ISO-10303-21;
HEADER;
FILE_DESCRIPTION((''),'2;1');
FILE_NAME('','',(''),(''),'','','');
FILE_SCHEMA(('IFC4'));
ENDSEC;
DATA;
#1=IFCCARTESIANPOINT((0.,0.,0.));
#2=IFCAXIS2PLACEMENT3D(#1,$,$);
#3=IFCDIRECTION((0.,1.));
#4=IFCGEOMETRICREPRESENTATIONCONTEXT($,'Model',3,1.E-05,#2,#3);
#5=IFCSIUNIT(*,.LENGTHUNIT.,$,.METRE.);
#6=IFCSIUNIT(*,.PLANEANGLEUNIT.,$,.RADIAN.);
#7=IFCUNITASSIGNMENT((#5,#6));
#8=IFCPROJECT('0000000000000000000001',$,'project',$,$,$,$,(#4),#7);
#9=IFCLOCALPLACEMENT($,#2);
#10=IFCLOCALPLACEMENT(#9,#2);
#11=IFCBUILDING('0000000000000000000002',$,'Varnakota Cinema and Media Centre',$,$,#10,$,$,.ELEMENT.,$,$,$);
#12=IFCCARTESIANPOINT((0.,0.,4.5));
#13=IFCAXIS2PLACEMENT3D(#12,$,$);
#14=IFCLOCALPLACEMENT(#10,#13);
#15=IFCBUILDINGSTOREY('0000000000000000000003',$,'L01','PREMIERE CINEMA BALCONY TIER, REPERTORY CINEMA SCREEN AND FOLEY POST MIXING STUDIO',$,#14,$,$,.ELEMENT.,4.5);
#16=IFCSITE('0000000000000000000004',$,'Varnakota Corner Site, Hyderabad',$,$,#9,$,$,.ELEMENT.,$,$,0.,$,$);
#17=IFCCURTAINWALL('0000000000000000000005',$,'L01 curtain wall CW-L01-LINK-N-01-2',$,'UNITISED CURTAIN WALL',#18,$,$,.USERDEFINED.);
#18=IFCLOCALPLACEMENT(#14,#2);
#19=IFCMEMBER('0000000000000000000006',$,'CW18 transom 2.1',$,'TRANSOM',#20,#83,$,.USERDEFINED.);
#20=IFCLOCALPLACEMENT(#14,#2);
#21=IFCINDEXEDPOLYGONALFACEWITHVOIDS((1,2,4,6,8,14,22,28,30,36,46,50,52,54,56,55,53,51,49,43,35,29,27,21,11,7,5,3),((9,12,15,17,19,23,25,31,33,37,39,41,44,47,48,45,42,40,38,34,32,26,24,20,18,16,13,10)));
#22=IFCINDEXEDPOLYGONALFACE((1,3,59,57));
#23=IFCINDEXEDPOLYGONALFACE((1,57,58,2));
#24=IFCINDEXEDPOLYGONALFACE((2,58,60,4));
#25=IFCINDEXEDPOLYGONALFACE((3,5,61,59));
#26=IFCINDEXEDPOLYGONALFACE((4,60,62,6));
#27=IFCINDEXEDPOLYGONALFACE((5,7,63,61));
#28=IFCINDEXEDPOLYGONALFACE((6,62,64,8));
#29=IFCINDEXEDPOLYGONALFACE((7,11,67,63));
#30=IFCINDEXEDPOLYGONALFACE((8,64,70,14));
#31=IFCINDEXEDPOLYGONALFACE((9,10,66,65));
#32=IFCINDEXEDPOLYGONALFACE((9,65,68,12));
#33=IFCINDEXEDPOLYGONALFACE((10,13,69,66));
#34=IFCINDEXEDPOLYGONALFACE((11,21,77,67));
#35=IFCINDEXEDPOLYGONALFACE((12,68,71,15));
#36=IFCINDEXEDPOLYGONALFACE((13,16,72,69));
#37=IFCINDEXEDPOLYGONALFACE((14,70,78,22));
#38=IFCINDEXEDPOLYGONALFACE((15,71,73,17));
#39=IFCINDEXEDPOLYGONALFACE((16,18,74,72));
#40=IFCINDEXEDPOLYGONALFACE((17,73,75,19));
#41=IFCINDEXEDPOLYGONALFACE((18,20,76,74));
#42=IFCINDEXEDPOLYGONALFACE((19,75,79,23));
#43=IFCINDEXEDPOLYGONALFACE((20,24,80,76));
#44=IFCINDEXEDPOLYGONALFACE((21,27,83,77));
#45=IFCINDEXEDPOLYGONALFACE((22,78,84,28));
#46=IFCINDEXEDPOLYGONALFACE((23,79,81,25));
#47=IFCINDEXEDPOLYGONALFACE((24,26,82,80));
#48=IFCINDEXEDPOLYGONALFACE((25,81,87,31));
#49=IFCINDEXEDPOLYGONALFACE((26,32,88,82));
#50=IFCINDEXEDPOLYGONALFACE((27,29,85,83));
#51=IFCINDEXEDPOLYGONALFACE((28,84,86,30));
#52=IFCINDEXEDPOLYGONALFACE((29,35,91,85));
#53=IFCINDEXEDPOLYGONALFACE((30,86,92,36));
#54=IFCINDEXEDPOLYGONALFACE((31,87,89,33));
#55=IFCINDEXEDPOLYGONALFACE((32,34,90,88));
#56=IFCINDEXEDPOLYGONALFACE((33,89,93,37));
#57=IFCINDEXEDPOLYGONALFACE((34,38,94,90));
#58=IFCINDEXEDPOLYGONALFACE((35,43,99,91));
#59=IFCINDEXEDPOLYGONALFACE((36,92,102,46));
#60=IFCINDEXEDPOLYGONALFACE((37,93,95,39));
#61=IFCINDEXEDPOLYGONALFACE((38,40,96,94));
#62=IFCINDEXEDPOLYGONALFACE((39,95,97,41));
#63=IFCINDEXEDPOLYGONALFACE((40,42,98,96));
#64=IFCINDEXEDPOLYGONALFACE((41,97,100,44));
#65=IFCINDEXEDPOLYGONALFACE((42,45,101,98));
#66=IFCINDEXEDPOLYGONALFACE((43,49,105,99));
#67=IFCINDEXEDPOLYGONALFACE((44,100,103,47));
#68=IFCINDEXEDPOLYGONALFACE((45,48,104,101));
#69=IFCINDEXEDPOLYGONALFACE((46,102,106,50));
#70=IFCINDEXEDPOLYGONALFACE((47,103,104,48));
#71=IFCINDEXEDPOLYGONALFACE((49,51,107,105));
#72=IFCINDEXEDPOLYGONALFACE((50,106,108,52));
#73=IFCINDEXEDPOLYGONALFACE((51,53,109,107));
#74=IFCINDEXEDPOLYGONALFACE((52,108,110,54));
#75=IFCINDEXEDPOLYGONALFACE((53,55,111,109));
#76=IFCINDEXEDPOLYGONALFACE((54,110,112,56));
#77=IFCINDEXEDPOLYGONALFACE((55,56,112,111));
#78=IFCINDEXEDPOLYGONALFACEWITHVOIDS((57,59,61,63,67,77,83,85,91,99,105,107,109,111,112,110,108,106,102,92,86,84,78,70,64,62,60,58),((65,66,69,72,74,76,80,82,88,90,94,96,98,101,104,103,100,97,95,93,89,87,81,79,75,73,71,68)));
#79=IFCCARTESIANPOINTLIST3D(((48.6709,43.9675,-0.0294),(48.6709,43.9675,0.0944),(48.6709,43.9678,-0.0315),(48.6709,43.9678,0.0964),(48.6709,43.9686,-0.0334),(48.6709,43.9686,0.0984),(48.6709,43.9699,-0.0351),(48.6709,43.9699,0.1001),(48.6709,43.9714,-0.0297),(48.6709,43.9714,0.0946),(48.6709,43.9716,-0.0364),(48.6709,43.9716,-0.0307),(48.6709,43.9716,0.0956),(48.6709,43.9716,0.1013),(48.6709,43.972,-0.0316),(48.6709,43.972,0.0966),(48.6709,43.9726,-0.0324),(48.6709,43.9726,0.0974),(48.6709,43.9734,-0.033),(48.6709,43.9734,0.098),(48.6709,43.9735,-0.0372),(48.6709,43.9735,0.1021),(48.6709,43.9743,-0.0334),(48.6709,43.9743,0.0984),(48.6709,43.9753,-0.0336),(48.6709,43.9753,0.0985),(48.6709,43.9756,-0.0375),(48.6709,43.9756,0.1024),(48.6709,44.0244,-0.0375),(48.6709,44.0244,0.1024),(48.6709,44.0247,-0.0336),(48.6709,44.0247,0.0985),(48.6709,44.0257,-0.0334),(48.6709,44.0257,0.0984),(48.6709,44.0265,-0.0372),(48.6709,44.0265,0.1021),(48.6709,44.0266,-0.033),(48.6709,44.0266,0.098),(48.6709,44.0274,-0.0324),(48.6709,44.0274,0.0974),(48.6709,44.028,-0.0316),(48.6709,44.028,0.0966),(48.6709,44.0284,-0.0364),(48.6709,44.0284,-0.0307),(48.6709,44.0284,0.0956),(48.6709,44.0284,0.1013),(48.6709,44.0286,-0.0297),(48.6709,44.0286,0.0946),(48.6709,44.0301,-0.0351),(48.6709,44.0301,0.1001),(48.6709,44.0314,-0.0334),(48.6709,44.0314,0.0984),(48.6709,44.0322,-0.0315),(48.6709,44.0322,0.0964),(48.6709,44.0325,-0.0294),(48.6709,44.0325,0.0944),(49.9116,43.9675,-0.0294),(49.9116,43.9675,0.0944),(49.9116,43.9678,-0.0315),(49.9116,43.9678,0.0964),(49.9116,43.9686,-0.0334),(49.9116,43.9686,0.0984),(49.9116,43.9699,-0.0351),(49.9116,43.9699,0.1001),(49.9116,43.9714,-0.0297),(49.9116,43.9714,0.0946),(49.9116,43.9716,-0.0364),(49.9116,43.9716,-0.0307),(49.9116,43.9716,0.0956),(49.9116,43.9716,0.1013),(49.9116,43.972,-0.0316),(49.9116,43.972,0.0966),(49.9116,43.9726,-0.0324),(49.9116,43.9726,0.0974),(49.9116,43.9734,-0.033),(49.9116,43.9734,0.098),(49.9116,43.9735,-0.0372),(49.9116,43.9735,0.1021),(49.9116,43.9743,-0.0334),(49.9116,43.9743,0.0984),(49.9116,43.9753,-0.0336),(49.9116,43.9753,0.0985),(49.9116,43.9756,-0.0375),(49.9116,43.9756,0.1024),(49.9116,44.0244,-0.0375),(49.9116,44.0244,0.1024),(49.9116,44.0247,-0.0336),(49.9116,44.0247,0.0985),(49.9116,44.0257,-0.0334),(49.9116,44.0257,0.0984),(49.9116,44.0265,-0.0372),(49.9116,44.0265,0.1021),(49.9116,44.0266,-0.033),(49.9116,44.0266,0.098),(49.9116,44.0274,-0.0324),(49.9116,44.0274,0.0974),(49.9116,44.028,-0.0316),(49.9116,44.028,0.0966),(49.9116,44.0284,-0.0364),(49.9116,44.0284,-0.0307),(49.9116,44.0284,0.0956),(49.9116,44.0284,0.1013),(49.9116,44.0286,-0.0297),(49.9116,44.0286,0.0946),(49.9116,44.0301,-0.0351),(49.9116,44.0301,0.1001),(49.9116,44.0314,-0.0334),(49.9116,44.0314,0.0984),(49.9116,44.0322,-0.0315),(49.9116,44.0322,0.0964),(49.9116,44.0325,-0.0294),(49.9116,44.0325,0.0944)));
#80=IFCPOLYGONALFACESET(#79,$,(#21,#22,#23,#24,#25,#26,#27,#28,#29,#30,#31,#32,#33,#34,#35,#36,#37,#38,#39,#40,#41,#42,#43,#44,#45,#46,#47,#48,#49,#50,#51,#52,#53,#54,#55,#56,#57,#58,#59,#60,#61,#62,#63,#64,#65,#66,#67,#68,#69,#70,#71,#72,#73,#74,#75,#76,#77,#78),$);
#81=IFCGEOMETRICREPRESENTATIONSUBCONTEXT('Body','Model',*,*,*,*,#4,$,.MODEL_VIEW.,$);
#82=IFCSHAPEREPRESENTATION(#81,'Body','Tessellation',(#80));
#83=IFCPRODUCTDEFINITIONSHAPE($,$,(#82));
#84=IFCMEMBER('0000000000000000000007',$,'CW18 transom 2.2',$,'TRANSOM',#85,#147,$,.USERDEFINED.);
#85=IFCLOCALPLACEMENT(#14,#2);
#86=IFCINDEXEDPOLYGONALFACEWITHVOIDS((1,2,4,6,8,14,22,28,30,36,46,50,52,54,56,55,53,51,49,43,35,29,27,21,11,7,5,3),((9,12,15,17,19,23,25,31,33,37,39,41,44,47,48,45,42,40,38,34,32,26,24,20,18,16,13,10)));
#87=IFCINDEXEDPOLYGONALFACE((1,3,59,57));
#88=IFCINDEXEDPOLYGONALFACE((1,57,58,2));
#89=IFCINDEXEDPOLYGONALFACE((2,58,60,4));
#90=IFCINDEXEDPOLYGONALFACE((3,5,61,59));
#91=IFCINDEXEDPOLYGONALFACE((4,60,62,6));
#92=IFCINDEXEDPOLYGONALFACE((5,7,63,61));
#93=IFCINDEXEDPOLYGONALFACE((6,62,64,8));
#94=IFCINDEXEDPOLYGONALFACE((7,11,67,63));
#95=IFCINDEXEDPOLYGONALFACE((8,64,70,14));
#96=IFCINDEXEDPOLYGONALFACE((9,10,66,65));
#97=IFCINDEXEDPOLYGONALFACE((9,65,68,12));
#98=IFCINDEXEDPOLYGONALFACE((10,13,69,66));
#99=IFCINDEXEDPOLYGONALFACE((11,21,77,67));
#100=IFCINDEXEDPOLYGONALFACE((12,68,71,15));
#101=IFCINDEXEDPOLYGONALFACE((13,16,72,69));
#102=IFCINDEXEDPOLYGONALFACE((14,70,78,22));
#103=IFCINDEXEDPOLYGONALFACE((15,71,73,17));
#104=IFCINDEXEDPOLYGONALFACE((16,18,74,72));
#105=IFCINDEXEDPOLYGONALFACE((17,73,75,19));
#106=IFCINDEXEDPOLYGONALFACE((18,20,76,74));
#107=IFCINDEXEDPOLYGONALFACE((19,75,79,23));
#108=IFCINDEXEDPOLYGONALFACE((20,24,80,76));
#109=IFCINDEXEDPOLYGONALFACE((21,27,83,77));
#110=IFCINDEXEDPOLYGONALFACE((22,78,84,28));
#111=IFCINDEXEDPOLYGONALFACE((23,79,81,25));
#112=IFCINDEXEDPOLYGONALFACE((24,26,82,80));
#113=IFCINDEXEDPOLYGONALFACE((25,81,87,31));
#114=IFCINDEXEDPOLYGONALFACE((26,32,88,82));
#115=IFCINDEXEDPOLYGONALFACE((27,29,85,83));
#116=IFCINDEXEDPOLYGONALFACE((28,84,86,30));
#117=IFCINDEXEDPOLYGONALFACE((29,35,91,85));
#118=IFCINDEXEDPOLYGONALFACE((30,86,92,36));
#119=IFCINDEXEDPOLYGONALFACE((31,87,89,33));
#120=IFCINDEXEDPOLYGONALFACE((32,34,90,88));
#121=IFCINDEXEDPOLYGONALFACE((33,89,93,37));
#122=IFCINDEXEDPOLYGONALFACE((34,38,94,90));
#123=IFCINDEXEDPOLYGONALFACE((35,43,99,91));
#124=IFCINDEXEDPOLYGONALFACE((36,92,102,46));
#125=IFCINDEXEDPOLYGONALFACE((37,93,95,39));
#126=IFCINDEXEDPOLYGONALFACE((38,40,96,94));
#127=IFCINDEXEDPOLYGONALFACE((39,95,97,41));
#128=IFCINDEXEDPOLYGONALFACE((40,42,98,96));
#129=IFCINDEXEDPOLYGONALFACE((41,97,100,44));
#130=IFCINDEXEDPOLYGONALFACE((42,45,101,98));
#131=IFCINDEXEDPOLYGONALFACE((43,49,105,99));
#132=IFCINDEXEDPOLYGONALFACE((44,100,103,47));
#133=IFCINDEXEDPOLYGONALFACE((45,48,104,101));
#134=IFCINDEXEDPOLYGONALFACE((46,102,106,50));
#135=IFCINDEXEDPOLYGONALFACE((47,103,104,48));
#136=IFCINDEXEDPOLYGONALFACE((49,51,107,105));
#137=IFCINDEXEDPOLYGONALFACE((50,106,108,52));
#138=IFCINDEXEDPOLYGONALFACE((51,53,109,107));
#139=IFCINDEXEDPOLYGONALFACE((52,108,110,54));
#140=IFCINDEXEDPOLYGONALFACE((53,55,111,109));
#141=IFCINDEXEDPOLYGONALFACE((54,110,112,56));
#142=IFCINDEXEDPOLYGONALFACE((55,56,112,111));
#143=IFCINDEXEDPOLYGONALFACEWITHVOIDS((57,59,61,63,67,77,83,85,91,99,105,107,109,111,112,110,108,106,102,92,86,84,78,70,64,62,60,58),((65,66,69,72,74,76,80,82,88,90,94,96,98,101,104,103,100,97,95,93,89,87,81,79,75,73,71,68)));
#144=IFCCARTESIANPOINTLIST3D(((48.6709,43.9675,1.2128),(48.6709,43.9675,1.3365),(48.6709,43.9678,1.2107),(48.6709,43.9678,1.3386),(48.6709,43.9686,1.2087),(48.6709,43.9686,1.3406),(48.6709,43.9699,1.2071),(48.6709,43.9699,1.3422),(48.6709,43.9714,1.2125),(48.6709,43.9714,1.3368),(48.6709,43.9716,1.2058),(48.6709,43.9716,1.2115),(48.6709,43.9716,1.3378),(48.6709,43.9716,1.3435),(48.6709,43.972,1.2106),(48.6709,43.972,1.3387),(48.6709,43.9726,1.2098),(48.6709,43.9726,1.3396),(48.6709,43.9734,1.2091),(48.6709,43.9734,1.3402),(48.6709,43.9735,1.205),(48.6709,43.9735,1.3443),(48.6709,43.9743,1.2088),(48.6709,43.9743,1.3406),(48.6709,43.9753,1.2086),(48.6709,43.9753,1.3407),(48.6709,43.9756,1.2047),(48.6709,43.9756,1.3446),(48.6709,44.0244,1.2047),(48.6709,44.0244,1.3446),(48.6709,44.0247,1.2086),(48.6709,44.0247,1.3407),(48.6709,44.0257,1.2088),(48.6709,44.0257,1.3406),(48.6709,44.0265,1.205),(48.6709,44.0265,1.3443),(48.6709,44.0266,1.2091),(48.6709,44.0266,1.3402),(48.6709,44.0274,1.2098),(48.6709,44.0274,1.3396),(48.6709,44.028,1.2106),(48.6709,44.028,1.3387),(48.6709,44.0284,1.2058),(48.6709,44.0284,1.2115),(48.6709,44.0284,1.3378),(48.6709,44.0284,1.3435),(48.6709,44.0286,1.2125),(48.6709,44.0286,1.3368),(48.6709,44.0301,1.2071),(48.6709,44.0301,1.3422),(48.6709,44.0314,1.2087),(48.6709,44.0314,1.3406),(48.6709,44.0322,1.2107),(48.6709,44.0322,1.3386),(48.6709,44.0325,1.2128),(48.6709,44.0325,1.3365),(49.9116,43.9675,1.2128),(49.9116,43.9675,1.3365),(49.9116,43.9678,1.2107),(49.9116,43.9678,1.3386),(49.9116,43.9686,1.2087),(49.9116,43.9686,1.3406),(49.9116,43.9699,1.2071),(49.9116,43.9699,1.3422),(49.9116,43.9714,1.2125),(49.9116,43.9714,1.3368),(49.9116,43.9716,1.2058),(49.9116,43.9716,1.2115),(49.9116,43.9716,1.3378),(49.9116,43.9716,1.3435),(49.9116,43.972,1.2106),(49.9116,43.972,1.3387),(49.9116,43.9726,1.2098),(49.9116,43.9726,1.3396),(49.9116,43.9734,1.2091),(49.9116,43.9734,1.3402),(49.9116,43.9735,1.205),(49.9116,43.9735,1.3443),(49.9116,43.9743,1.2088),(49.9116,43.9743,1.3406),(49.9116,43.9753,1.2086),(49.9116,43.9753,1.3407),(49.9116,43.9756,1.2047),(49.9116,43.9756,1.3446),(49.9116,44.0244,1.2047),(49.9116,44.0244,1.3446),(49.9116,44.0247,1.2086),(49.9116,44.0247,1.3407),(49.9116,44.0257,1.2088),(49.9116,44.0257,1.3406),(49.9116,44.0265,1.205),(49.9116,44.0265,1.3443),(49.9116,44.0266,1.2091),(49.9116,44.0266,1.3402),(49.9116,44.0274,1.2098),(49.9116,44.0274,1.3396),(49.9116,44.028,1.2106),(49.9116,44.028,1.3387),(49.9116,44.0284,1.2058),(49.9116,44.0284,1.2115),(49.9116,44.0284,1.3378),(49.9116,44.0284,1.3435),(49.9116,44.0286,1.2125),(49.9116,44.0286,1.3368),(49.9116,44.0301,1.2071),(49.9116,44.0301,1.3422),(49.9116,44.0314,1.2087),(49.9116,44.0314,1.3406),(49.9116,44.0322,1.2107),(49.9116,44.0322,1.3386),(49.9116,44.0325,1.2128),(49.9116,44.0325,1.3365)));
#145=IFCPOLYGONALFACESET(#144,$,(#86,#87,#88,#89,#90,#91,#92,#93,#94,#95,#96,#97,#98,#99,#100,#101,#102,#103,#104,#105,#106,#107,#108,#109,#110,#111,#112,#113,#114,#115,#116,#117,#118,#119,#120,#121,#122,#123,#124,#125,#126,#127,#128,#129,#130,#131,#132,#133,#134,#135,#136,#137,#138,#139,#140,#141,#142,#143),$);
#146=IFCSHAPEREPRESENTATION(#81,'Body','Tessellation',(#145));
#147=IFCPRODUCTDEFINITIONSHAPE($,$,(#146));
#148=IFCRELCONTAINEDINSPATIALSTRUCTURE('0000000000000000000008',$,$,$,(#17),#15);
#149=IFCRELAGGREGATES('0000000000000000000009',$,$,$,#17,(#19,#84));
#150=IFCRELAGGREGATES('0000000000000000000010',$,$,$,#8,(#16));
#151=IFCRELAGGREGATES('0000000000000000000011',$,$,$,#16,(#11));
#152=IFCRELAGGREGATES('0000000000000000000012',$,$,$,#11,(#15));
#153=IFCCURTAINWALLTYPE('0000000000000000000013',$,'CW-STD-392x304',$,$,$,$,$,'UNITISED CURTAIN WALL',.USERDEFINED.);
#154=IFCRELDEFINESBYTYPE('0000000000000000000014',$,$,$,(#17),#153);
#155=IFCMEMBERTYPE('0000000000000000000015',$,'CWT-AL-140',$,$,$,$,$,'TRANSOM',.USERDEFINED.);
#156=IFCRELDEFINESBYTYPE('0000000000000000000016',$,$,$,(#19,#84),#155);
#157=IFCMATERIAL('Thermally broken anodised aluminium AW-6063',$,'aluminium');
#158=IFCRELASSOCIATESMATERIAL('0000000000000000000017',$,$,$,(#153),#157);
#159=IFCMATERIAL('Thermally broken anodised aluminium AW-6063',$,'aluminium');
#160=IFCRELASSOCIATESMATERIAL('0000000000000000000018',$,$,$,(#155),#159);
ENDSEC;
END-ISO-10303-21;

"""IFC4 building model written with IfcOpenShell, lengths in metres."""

from ifc_helpers import new_model, si_unit, direction, frame, origin, origin_2d, place, context, subcontext, project, spatial, hollow_rectangle, extrude, material, material_profile, profile_set, type_object, element, aggregate, save


model = new_model("IFC4")

# Units and contexts
model_context = context("Model", 3, precision=1e-05, world=origin(), true_north=direction((0.0, 1.0)))
body_context = subcontext(model_context, "Body", "Model", "MODEL_VIEW")
ifc_project = project(units=[si_unit("LENGTHUNIT", "METRE"), si_unit("PLANEANGLEUNIT", "RADIAN")], contexts=[model_context])

# Site, building, storey
site_placement = place(None, origin())
site = spatial("IfcSite", under=ifc_project, at=site_placement, Name="Varnakota Corner Site, Hyderabad", CompositionType="ELEMENT", RefElevation=0.0)
building_placement = place(site_placement, origin())
building = spatial("IfcBuilding", under=site, at=building_placement, Name="Varnakota Cinema and Media Centre", CompositionType="ELEMENT")
storey_placement = place(building_placement, frame((0.0, 0.0, 4.5)))
storey = spatial("IfcBuildingStorey", under=building, at=storey_placement, Name="L01", Description="PREMIERE CINEMA BALCONY TIER, REPERTORY CINEMA SCREEN AND FOLEY POST MIXING STUDIO", CompositionType="ELEMENT", Elevation=4.5)

# Shared definitions
ifc_material_1 = material(Name="Thermally broken anodised aluminium AW-6063", Category="aluminium")
curtain_wall_type = type_object("IfcCurtainWallType", Name="CW-STD-392x304", ElementType="UNITISED CURTAIN WALL", PredefinedType="USERDEFINED", material=ifc_material_1)

# Curtain wall, members
curtain_wall_1_placement = place(storey_placement, origin())
curtain_wall_1 = element("IfcCurtainWall", 1, at=curtain_wall_1_placement, inside=storey, type_object=curtain_wall_type, Name="L01 curtain wall CW-L01-LINK-N-01-2", ObjectType="UNITISED CURTAIN WALL", PredefinedType="USERDEFINED")
ifc_material_2 = material(Name="Thermally broken anodised aluminium AW-6063", Category="aluminium")
ifc_material_profile_1 = material_profile(ifc_material_2, hollow_rectangle(XDim=0.0649, YDim=0.1399, WallThickness=0.0039, InnerFilletRadius=0.0039, OuterFilletRadius=0.0081, at=origin_2d()), Name="AL-TRANSOM 140x65x4")
ifc_profile_set_1 = profile_set([ifc_material_profile_1], Name="Thermally broken anodised aluminium AW-6063")
member_type_1 = type_object("IfcMemberType", Name="CWT-AL-140", ElementType="TRANSOM", PredefinedType="USERDEFINED", material=ifc_profile_set_1)
member_1_placement = place(storey_placement, frame((48.6709, 44.0, 0.0325), z_axis=(1.0, 0.0, 0.0), x_axis=(0.0, 1.0, 0.0)))
member_1 = element("IfcMember", 2, at=member_1_placement, type_object=member_type_1, Name="CW18 transom 2.1", ObjectType="TRANSOM", PredefinedType="USERDEFINED", context=body_context, shape_type="SweptSolid", body=[
    extrude(hollow_rectangle(XDim=0.0649, YDim=0.1399, WallThickness=0.0039, InnerFilletRadius=0.0039, OuterFilletRadius=0.0081, at=origin_2d()), origin(), (0.0, 0.0, 1.0), 1.2407),
])
member_2_placement = place(storey_placement, frame((48.6709, 44.0, 1.2747), z_axis=(1.0, 0.0, 0.0), x_axis=(0.0, 1.0, 0.0)))
member_2 = element("IfcMember", 3, at=member_2_placement, type_object=member_type_1, Name="CW18 transom 2.2", ObjectType="TRANSOM", PredefinedType="USERDEFINED", context=body_context, shape_type="SweptSolid", body=[
    extrude(hollow_rectangle(XDim=0.0649, YDim=0.1399, WallThickness=0.0039, InnerFilletRadius=0.0039, OuterFilletRadius=0.0081, at=origin_2d()), origin(), (0.0, 0.0, 1.0), 1.2407),
])

aggregate(curtain_wall_1, [member_1, member_2])

save(model, "model.ifc")
